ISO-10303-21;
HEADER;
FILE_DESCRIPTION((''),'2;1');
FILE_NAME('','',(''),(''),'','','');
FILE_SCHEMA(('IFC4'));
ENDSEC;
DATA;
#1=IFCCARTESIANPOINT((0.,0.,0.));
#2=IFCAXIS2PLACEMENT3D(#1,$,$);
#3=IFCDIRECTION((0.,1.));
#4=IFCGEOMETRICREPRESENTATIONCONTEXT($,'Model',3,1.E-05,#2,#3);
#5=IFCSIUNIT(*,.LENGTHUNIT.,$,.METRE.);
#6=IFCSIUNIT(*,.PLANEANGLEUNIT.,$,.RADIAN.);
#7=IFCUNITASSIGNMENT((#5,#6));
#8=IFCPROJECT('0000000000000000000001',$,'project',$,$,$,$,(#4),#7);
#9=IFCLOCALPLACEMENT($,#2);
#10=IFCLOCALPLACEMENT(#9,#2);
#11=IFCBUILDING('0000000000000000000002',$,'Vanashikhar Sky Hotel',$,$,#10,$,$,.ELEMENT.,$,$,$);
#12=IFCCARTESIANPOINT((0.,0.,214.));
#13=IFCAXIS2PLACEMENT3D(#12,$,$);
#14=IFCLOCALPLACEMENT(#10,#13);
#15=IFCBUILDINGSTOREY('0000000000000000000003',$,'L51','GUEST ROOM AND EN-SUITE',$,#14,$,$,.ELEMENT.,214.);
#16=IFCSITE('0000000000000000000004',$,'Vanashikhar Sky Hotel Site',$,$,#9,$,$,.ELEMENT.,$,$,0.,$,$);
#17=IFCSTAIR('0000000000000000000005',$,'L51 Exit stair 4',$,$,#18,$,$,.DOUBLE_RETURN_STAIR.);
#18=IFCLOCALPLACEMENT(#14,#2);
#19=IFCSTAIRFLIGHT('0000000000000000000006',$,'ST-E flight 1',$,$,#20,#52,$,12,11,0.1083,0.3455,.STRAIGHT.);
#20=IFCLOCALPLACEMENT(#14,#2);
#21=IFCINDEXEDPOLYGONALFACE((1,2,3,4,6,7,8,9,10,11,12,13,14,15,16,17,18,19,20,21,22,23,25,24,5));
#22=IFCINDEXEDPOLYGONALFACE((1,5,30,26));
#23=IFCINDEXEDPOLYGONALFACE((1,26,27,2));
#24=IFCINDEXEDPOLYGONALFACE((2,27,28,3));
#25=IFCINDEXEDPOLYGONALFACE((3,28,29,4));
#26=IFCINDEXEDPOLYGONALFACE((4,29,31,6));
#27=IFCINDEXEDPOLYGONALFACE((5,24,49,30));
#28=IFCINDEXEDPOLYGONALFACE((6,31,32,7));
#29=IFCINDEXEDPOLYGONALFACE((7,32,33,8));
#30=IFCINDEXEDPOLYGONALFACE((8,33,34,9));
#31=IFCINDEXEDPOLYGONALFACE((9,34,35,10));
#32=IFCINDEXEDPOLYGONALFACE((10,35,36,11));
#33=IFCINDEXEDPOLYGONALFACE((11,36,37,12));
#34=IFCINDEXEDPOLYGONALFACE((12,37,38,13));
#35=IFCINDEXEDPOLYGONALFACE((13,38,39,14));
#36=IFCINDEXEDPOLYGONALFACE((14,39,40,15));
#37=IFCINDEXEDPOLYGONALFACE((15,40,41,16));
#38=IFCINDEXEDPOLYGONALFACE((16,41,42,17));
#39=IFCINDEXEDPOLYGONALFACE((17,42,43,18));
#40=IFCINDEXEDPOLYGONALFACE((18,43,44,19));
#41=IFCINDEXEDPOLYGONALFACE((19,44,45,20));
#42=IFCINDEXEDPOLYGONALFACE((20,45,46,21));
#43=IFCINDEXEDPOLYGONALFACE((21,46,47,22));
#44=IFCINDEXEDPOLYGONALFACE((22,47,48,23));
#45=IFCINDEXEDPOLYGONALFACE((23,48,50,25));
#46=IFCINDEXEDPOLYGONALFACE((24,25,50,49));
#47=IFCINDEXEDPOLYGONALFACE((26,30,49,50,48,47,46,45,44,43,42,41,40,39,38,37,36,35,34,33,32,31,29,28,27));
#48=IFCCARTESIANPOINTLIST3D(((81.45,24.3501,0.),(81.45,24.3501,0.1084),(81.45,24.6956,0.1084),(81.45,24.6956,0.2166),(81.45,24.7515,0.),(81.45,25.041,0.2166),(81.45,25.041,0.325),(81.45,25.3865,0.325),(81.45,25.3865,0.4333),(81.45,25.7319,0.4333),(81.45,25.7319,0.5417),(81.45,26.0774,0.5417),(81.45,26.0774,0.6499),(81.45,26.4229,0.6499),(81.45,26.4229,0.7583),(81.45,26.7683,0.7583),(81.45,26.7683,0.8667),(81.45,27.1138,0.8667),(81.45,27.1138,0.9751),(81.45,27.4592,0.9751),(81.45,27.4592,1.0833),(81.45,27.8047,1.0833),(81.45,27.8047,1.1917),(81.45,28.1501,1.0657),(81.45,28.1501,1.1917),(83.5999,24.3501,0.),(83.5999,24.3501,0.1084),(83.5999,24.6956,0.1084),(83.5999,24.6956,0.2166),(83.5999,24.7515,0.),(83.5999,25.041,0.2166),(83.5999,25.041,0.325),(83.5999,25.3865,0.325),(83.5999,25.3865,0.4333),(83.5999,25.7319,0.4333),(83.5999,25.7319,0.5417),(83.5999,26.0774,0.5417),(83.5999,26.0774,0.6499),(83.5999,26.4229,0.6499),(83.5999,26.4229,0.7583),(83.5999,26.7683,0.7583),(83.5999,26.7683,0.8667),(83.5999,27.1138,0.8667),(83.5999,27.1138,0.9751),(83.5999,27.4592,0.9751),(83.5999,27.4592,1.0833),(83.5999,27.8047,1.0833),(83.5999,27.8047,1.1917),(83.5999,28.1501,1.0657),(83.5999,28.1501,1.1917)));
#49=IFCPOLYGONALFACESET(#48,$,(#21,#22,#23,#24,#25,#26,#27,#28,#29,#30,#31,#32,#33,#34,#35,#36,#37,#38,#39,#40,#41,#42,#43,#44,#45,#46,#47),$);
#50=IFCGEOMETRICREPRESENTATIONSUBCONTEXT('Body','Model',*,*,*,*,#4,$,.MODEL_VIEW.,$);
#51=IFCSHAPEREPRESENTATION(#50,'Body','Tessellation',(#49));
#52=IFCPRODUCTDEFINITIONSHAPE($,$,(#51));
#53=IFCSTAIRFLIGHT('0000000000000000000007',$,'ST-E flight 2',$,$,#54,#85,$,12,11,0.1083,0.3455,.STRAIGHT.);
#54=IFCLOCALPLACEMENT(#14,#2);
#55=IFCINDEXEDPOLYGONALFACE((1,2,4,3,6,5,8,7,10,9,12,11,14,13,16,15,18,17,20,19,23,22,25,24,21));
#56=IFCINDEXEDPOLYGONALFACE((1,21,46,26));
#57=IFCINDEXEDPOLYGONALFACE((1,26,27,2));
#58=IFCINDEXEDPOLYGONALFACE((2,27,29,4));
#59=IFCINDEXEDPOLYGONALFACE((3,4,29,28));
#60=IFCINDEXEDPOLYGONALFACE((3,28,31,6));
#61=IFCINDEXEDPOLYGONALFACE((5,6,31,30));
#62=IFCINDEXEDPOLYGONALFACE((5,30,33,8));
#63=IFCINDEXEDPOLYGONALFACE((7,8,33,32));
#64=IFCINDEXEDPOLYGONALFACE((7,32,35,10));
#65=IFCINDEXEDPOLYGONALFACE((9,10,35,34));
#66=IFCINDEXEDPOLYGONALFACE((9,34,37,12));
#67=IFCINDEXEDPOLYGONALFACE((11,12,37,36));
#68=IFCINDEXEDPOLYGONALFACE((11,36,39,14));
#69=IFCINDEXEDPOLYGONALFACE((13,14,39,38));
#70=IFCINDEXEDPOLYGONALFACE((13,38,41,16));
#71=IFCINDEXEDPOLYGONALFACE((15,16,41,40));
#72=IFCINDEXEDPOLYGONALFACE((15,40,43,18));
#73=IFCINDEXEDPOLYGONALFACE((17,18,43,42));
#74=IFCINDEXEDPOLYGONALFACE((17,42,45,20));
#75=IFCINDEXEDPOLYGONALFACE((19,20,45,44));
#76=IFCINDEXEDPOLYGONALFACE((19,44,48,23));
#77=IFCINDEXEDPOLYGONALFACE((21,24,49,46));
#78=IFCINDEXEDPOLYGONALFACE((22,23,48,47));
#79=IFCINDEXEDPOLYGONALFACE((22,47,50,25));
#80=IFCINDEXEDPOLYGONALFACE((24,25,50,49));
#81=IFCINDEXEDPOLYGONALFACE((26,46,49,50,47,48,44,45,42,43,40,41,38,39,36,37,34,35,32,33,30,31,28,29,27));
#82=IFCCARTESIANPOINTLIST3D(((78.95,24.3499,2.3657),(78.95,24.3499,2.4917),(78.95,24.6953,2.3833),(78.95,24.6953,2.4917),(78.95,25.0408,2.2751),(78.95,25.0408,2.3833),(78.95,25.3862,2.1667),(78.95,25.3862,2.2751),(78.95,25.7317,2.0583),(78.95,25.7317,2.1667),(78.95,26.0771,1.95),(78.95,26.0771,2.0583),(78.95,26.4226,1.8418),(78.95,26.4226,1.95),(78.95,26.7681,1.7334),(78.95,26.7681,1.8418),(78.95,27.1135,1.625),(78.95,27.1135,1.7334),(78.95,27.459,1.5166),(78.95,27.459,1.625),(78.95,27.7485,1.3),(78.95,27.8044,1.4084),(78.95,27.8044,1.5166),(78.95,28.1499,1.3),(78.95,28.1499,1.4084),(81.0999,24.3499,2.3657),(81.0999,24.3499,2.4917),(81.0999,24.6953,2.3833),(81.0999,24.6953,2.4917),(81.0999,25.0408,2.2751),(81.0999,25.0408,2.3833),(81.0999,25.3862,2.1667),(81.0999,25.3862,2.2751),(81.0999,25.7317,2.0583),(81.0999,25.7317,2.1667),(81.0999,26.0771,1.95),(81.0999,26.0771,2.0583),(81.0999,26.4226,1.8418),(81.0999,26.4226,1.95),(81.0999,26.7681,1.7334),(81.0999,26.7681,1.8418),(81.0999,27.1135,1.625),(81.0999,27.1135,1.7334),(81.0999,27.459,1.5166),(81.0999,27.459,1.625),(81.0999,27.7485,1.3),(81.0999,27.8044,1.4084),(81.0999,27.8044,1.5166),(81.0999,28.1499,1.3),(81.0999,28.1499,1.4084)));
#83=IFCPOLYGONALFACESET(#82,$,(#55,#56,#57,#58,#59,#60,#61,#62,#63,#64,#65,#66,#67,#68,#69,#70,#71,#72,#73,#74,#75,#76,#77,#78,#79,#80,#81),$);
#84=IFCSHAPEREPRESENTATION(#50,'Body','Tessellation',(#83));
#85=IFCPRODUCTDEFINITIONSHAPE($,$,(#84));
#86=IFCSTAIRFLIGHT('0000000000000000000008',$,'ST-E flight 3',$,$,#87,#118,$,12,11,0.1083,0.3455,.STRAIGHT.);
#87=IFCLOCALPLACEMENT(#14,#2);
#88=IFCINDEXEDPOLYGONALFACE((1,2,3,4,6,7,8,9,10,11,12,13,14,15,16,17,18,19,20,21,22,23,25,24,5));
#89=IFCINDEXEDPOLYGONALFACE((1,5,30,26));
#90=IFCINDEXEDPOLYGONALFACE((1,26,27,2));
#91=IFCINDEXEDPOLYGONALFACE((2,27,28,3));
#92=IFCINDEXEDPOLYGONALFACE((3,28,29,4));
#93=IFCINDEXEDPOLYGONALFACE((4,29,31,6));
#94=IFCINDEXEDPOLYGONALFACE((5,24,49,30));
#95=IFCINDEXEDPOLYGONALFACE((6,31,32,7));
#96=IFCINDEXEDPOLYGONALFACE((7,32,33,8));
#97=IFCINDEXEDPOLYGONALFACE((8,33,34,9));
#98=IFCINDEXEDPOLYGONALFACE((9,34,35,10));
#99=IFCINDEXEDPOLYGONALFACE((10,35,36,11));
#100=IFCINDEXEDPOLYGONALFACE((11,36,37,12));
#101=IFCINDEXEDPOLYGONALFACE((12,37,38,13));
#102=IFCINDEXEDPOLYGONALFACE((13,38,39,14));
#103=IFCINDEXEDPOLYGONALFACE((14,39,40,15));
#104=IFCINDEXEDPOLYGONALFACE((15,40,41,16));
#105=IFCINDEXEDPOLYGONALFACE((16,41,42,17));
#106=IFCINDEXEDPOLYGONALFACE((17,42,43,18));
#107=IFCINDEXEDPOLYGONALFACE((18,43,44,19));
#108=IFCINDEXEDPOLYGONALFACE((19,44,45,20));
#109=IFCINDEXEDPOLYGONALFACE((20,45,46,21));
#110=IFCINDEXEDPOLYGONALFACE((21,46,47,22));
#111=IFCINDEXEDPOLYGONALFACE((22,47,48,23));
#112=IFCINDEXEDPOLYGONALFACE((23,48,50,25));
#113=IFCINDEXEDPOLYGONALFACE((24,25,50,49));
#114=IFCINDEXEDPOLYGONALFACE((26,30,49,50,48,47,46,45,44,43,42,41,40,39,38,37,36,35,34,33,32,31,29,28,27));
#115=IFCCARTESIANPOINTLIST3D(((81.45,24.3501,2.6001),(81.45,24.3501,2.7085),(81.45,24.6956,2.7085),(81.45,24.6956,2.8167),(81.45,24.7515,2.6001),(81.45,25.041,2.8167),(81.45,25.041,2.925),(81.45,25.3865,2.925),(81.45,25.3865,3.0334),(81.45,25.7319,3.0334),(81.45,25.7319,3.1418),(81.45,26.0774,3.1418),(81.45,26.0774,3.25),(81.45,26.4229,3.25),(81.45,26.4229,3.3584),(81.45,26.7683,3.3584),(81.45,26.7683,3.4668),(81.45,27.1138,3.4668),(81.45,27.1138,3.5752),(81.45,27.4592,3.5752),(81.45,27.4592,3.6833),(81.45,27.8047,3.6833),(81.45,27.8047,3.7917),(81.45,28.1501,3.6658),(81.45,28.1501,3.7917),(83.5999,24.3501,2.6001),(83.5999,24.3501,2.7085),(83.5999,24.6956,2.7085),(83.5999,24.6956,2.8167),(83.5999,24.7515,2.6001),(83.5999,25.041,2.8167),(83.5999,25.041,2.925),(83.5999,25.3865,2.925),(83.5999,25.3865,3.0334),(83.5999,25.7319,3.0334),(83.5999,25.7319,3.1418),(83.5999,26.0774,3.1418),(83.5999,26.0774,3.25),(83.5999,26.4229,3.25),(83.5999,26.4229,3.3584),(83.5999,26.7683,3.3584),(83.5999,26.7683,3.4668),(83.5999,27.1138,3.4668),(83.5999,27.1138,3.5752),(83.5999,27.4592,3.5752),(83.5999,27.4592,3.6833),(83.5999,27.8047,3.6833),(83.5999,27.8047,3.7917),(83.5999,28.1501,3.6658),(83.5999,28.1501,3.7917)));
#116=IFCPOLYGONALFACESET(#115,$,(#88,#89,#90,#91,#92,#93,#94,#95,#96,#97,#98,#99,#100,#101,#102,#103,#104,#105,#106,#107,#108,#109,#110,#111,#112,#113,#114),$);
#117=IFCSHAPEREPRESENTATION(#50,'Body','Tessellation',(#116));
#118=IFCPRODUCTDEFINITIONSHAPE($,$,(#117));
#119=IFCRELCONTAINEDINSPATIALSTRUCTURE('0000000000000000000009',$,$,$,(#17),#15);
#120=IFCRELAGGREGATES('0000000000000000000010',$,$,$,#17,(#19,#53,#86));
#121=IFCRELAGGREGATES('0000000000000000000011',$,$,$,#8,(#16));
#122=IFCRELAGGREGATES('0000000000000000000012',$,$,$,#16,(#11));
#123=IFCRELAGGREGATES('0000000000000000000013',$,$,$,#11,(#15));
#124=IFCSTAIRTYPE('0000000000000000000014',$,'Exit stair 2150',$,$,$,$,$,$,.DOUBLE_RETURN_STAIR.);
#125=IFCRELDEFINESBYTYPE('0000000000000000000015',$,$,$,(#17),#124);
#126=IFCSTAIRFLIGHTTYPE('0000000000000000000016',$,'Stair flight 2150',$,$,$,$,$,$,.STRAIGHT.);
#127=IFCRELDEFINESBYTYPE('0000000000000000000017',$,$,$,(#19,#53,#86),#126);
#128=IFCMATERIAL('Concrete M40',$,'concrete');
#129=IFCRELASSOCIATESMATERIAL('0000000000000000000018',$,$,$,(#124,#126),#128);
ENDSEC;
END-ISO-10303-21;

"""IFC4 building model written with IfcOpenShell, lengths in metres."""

from ifc_helpers import new_model, si_unit, direction, frame, origin, place, context, subcontext, project, spatial, polyline, outline, extrude, source, transform, mapped, material, type_object, element, aggregate, save


model = new_model("IFC4")

# Units and contexts
model_context = context("Model", 3, precision=1e-05, world=origin(), true_north=direction((0.0, 1.0)))
body_context = subcontext(model_context, "Body", "Model", "MODEL_VIEW")
ifc_project = project(units=[si_unit("LENGTHUNIT", "METRE"), si_unit("PLANEANGLEUNIT", "RADIAN")], contexts=[model_context])

# Site, building, storey
site_placement = place(None, origin())
site = spatial("IfcSite", under=ifc_project, at=site_placement, Name="Vanashikhar Sky Hotel Site", CompositionType="ELEMENT", RefElevation=0.0)
building_placement = place(site_placement, origin())
building = spatial("IfcBuilding", under=site, at=building_placement, Name="Vanashikhar Sky Hotel", CompositionType="ELEMENT")
storey_placement = place(building_placement, frame((0.0, 0.0, 214.0)))
storey = spatial("IfcBuildingStorey", under=building, at=storey_placement, Name="L51", Description="GUEST ROOM AND EN-SUITE", CompositionType="ELEMENT", Elevation=214.0)

# Shared definitions
ifc_material_1 = material(Name="Concrete M40", Category="concrete")

# Stair, stair flights
stair_type = type_object("IfcStairType", Name="Exit stair 2150", PredefinedType="DOUBLE_RETURN_STAIR", material=ifc_material_1)
stair_flight_type = type_object("IfcStairFlightType", Name="Stair flight 2150", PredefinedType="STRAIGHT", material=ifc_material_1)
shared_shape_1 = source(origin(), body_context, "Body", "SweptSolid", [
    extrude(outline(polyline([(0.0, 0.0), (0.0, 0.1084), (0.3455, 0.1084), (0.3455, 0.2166), (0.6909, 0.2166), (0.6909, 0.325), (1.0364, 0.325), (1.0364, 0.4333), (1.3818, 0.4333), (1.3818, 0.5417), (1.7273, 0.5417), (1.7273, 0.6499), (2.0728, 0.6499), (2.0728, 0.7583), (2.4182, 0.7583), (2.4182, 0.8667), (2.7637, 0.8667), (2.7637, 0.9751), (3.1091, 0.9751), (3.1091, 1.0833), (3.4546, 1.0833), (3.4546, 1.1917), (3.8, 1.1917), (3.8, 1.3), (3.8, 1.0657), (0.4014, 0.0), (0.0, 0.0)])), frame((0.0, 1.075, 0.0), z_axis=(0.0, -1.0, 0.0), x_axis=(1.0, 0.0, 0.0)), (0.0, 0.0, 1.0), 2.1499),
])
stair_1_placement = place(storey_placement, origin())
stair_1 = element("IfcStair", 1, at=stair_1_placement, inside=storey, type_object=stair_type, Name="L51 Exit stair 4", PredefinedType="DOUBLE_RETURN_STAIR")
stair_flight_1_placement = place(storey_placement, frame((82.5249, 24.3501, 0.0), z_axis=(0.0, 0.0, 1.0), x_axis=(0.0, 1.0, 0.0)))
stair_flight_1 = element("IfcStairFlight", 2, at=stair_flight_1_placement, type_object=stair_flight_type, Name="ST-E flight 1", NumberOfRisers=12, NumberOfTreads=11, PredefinedType="STRAIGHT", RiserHeight=0.1083, TreadLength=0.3455, context=body_context, shape_type="MappedRepresentation", body=[
    mapped(shared_shape_1, transform((0.0, 0.0, 0.0), scale=1.0)),
])
stair_flight_2_placement = place(storey_placement, frame((80.0249, 28.1499, 1.3), z_axis=(0.0, 0.0, 1.0), x_axis=(0.0, -1.0, 0.0)))
stair_flight_2 = element("IfcStairFlight", 3, at=stair_flight_2_placement, type_object=stair_flight_type, Name="ST-E flight 2", NumberOfRisers=12, NumberOfTreads=11, PredefinedType="STRAIGHT", RiserHeight=0.1083, TreadLength=0.3455, context=body_context, shape_type="MappedRepresentation", body=[
    mapped(shared_shape_1, transform((0.0, 0.0, 0.0), scale=1.0)),
])
stair_flight_3_placement = place(storey_placement, frame((82.5249, 24.3501, 2.6001), z_axis=(0.0, 0.0, 1.0), x_axis=(0.0, 1.0, 0.0)))
stair_flight_3 = element("IfcStairFlight", 4, at=stair_flight_3_placement, type_object=stair_flight_type, Name="ST-E flight 3", NumberOfRisers=12, NumberOfTreads=11, PredefinedType="STRAIGHT", RiserHeight=0.1083, TreadLength=0.3455, context=body_context, shape_type="MappedRepresentation", body=[
    mapped(shared_shape_1, transform((0.0, 0.0, 0.0), scale=1.0)),
])
aggregate(stair_1, [stair_flight_1, stair_flight_2, stair_flight_3])

save(model, "model.ifc")
